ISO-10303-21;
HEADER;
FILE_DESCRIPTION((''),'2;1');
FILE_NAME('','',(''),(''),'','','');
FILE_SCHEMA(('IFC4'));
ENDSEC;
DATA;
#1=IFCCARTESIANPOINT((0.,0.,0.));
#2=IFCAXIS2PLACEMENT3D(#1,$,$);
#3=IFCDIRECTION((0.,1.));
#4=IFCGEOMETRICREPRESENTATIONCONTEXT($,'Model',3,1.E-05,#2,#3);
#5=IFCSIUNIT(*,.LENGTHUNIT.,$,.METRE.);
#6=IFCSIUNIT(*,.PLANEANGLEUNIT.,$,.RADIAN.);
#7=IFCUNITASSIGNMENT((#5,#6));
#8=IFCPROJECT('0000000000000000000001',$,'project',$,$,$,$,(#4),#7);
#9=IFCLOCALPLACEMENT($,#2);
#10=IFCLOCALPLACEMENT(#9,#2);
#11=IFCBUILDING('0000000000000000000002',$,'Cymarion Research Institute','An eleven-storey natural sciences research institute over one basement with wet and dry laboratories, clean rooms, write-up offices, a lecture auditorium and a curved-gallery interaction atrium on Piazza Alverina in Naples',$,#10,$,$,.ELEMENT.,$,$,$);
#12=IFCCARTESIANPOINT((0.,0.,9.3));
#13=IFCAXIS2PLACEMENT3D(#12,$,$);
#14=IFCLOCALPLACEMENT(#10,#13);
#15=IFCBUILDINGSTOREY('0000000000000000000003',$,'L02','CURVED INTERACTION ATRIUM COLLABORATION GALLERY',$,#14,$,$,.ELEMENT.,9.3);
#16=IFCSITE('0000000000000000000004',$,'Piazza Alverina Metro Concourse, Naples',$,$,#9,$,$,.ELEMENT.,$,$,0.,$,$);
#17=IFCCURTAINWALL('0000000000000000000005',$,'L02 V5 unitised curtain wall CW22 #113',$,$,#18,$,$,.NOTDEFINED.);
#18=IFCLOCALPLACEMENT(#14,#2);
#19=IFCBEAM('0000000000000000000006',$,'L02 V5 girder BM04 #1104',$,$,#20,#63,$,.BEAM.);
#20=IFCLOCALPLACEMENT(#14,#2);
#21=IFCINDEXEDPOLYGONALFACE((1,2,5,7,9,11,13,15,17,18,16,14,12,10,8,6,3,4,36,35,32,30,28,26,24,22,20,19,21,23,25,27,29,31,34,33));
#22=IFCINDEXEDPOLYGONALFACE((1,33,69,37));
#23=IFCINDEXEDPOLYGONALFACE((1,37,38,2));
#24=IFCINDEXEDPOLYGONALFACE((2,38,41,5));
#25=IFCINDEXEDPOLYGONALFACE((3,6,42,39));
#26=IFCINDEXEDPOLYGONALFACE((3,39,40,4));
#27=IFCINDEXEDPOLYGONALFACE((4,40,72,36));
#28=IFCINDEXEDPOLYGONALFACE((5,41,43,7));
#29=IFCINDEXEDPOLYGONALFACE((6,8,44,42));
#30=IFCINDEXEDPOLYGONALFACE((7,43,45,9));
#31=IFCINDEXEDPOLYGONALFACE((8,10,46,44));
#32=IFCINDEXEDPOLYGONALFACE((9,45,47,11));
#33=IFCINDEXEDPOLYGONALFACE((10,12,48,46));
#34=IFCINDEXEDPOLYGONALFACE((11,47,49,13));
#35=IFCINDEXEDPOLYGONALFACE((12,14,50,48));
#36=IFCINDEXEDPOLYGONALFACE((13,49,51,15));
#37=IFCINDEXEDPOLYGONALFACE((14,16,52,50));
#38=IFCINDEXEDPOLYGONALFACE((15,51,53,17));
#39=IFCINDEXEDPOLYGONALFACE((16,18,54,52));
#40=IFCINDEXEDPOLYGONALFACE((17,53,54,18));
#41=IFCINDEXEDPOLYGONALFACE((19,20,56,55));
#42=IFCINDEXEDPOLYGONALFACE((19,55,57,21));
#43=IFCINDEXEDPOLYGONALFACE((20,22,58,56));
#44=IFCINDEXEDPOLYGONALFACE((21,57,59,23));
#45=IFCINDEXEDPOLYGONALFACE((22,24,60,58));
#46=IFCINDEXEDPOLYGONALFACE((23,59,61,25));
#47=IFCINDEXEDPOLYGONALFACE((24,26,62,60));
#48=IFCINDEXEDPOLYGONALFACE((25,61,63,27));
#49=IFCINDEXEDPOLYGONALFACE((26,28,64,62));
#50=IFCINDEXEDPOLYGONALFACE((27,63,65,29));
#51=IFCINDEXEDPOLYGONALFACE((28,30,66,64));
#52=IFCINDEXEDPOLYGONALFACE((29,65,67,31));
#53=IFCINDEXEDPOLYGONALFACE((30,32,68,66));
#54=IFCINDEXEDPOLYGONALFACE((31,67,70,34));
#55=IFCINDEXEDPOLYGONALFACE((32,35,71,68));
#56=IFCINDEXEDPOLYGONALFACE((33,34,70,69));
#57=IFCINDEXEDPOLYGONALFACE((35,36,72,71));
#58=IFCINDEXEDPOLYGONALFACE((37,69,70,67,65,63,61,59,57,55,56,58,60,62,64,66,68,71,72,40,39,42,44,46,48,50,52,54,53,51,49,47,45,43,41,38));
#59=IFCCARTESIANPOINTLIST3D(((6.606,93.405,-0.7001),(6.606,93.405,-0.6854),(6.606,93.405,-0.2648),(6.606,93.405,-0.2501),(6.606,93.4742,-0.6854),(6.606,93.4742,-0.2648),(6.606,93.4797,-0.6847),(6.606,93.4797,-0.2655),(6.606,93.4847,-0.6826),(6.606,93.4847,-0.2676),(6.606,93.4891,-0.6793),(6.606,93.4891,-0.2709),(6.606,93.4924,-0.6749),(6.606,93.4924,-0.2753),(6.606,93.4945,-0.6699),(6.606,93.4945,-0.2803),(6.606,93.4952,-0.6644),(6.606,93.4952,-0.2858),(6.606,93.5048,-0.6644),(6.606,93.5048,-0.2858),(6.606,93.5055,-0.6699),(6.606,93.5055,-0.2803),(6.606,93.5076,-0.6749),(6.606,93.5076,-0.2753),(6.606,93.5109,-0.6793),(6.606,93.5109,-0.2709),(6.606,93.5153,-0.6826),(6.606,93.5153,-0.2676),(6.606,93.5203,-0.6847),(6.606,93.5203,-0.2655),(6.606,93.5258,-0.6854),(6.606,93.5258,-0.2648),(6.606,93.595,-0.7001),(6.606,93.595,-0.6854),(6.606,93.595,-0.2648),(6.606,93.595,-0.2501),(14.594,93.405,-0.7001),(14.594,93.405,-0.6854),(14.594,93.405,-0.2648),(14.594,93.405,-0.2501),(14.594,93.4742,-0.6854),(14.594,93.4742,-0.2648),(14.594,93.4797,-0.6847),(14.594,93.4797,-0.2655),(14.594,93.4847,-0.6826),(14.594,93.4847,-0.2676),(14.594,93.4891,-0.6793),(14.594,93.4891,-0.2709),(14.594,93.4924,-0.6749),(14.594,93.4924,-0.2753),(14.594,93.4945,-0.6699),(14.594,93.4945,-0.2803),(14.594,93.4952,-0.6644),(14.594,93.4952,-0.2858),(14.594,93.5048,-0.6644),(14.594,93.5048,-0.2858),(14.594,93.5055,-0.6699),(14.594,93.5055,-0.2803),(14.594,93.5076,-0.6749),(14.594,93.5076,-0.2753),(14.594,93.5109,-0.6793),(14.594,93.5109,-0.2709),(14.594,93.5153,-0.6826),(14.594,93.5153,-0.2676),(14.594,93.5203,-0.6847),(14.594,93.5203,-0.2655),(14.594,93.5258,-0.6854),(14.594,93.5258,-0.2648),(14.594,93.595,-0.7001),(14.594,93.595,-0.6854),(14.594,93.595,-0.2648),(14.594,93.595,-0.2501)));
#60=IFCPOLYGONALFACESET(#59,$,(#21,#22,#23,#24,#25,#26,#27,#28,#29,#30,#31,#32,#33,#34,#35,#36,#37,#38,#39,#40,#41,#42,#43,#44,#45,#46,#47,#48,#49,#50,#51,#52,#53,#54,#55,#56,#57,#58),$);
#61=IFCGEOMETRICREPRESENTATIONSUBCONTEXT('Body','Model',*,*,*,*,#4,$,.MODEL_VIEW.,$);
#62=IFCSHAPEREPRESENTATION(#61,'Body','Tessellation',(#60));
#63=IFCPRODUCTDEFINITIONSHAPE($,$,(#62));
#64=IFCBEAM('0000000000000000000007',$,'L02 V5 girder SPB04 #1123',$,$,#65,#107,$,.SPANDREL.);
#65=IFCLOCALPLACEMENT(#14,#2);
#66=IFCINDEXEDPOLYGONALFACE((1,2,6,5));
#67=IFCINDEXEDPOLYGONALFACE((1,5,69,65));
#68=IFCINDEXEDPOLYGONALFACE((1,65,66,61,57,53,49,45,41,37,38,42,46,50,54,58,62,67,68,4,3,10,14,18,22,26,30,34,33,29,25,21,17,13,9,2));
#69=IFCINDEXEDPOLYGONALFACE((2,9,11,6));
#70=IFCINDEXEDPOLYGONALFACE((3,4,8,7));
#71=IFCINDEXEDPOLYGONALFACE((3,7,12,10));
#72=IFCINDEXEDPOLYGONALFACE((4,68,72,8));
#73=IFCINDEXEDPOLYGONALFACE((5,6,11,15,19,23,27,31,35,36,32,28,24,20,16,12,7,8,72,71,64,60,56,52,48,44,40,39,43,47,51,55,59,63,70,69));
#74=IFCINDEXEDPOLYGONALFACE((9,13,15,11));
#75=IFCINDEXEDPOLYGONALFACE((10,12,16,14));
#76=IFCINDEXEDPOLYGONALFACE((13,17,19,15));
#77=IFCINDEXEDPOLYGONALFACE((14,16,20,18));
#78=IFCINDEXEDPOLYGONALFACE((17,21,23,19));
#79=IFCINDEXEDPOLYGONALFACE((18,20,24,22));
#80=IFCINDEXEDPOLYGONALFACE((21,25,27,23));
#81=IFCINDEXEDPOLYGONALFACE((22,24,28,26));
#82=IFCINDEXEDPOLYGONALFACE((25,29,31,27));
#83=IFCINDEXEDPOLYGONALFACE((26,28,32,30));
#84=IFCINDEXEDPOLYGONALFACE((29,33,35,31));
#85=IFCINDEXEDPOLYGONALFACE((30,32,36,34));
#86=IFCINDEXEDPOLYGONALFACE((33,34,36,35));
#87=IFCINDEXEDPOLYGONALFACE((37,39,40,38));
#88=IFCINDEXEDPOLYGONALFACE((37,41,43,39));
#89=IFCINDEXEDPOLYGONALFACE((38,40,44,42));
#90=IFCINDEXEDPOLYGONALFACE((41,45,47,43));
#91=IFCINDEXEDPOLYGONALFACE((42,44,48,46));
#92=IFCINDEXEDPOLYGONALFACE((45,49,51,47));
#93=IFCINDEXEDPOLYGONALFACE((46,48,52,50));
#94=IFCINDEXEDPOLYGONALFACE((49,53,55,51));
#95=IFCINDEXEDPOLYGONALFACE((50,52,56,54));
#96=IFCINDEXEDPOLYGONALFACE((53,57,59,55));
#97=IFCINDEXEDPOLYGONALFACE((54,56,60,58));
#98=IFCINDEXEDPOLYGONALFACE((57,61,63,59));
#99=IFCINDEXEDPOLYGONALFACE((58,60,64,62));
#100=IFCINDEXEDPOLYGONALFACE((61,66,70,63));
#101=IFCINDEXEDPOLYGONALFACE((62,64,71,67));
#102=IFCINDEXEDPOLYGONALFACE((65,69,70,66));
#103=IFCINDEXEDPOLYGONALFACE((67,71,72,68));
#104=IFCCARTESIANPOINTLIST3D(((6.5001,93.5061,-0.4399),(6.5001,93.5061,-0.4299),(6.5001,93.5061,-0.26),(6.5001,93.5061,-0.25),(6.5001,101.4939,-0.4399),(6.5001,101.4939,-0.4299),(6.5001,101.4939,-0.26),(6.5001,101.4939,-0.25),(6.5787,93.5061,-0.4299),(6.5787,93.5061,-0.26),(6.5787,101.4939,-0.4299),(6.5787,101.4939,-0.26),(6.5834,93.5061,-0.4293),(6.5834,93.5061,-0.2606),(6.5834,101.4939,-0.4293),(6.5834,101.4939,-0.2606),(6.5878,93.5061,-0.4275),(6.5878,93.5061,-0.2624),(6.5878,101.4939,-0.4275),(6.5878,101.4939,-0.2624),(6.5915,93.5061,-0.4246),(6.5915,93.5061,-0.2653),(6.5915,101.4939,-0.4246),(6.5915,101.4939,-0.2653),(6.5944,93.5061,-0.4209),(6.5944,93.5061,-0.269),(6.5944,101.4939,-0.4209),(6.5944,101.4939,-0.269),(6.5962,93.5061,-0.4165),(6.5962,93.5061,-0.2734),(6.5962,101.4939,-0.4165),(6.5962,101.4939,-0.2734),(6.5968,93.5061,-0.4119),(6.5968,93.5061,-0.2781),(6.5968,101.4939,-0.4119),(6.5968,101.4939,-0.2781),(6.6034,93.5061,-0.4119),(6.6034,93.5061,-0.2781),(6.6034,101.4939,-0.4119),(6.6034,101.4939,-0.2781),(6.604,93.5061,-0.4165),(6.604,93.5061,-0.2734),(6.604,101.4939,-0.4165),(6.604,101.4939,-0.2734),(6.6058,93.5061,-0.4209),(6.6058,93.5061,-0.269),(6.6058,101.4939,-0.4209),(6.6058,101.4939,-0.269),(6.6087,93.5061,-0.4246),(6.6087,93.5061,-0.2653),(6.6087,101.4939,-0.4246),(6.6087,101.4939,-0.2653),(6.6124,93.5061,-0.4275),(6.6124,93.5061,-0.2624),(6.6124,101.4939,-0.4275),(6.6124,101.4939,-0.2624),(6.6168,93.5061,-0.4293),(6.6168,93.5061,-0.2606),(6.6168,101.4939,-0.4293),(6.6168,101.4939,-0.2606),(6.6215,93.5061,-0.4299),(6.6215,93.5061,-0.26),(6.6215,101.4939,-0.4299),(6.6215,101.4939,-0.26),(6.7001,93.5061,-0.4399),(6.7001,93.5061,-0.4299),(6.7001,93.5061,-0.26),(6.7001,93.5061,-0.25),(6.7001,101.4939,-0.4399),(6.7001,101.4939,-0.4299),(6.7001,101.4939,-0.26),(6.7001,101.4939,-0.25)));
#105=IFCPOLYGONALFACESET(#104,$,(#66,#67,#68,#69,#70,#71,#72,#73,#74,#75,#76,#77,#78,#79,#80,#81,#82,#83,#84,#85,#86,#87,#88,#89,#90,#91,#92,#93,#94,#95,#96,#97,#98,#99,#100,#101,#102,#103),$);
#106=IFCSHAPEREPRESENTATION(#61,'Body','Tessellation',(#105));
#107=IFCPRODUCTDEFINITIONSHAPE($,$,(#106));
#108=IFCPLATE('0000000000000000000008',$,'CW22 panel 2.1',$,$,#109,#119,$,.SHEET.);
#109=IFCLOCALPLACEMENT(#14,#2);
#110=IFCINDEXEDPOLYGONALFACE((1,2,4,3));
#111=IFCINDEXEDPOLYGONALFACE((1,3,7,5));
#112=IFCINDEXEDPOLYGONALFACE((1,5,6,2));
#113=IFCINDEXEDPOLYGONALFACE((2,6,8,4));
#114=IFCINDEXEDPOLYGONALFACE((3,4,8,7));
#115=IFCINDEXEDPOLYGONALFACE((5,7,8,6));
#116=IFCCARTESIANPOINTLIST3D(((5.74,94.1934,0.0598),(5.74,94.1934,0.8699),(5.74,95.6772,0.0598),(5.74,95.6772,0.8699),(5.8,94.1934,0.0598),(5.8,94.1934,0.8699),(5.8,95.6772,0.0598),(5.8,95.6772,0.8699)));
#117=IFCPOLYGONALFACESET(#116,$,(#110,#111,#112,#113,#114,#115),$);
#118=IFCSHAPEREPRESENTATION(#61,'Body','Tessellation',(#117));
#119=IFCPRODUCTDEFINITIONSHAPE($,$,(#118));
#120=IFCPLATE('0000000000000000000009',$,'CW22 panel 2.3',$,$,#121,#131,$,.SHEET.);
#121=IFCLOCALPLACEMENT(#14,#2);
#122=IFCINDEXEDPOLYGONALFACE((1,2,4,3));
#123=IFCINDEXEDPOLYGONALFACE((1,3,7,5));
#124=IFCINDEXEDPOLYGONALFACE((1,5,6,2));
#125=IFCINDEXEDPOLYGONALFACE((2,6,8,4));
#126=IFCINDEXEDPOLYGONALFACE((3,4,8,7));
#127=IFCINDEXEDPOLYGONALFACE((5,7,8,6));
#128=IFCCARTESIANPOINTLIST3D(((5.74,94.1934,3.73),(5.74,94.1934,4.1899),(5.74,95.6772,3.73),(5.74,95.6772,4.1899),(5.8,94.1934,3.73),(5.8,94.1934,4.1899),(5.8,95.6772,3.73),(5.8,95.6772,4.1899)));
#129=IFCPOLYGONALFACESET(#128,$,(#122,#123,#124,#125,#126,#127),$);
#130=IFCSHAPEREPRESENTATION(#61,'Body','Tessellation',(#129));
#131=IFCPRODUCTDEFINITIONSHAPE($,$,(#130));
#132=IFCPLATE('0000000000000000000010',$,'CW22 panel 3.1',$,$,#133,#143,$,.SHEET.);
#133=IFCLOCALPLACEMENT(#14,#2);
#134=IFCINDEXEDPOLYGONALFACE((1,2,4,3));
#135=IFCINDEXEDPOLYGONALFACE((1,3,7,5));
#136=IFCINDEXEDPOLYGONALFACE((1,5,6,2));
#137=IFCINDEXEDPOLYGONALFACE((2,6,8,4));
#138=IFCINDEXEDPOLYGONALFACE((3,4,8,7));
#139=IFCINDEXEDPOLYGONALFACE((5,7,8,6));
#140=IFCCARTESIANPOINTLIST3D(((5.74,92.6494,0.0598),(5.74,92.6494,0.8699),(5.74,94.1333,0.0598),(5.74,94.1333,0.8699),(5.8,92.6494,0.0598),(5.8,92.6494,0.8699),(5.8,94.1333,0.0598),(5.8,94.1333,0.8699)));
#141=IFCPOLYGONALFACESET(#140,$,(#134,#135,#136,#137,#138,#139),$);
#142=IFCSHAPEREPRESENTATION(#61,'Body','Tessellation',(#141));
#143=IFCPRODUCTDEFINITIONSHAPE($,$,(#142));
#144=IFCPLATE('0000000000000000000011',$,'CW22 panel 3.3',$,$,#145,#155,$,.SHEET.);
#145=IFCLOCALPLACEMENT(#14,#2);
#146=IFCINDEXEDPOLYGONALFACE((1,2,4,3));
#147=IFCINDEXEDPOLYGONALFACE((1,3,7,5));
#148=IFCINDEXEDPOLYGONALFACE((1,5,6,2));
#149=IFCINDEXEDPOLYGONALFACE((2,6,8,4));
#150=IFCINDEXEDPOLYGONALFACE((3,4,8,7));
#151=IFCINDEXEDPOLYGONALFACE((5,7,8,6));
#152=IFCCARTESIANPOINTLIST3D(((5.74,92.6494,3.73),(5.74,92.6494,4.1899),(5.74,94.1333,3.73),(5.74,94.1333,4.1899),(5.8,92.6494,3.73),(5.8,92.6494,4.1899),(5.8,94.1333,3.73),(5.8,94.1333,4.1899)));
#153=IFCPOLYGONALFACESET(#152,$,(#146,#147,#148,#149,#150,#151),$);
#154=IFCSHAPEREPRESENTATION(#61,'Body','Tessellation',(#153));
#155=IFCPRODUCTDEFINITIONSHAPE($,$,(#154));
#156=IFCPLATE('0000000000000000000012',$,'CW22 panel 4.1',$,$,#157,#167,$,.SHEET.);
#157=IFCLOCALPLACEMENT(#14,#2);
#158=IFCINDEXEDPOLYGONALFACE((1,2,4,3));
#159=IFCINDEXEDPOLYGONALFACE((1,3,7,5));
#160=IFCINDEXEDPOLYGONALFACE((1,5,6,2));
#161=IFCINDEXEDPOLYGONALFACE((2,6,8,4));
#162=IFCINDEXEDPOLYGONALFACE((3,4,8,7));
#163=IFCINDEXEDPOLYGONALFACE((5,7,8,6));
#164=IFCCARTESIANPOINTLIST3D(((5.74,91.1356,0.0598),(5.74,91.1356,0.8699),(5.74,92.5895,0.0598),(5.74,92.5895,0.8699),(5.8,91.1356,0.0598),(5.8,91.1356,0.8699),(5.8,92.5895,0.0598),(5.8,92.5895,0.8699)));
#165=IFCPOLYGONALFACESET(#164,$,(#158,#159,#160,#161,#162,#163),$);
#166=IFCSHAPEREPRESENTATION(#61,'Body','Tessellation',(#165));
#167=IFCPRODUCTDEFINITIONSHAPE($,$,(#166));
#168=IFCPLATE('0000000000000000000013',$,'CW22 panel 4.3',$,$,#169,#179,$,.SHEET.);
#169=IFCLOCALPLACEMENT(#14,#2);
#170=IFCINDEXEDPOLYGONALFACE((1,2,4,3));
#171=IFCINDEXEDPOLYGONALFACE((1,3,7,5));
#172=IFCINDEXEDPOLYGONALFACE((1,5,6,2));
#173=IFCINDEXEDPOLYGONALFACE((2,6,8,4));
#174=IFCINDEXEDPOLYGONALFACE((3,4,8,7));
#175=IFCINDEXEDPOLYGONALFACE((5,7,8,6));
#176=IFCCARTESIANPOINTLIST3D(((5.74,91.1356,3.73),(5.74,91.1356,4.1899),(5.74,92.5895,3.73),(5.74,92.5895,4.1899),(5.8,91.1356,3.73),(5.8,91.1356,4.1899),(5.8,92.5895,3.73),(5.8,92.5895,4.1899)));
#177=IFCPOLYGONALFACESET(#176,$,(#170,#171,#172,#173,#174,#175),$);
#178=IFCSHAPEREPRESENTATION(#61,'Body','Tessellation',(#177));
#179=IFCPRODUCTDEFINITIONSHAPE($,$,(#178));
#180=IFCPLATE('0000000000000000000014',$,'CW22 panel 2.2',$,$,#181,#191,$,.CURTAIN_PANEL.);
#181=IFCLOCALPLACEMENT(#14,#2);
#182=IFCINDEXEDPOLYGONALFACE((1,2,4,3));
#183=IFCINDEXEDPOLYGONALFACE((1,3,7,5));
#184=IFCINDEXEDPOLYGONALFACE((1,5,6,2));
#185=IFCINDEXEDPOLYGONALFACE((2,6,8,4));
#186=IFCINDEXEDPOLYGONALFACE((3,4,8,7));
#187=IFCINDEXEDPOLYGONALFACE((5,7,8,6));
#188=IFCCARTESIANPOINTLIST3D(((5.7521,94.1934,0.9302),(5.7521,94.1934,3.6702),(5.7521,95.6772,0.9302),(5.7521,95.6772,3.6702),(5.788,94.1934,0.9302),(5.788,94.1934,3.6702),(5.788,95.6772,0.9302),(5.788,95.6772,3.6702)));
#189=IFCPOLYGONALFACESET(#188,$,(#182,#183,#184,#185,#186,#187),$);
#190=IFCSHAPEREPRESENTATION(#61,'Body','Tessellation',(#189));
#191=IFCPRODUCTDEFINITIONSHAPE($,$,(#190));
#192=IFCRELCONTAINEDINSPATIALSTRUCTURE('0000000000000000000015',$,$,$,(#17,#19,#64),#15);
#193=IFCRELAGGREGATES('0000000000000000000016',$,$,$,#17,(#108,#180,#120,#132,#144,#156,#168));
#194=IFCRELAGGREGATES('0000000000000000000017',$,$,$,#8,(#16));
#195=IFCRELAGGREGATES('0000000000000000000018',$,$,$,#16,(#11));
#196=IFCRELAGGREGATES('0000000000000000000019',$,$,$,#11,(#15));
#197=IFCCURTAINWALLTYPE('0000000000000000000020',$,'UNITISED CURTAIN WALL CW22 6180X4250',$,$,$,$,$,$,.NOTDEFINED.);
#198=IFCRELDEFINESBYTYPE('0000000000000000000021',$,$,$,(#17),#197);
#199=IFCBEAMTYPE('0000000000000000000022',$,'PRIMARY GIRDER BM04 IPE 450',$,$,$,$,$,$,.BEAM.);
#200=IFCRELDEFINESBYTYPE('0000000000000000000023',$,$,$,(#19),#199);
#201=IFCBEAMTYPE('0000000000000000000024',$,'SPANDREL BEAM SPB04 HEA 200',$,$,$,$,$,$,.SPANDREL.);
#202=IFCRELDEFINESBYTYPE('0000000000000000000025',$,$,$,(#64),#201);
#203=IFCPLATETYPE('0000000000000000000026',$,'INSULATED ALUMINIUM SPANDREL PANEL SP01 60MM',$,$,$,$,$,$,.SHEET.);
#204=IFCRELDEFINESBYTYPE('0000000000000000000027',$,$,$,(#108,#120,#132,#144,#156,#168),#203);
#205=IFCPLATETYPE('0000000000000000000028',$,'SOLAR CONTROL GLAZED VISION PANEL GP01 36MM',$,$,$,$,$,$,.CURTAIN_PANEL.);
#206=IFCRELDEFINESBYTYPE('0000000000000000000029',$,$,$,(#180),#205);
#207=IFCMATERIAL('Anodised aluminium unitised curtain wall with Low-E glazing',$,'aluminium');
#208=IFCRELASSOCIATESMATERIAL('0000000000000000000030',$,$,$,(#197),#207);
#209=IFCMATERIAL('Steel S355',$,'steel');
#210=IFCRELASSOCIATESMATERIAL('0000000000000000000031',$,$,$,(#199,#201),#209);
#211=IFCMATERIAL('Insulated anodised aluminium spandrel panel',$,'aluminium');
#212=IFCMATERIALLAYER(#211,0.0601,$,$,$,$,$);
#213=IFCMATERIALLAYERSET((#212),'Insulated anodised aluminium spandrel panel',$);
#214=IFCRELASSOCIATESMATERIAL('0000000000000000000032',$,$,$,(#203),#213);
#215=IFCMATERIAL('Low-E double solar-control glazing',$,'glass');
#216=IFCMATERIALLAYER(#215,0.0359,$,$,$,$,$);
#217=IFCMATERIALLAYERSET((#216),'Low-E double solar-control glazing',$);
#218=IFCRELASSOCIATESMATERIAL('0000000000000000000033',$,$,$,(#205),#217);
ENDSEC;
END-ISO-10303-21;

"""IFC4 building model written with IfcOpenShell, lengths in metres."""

from ifc_helpers import new_model, si_unit, direction, frame, origin, origin_2d, place, context, subcontext, project, spatial, rectangle, i_section, extrude, material, layer, layer_set, material_profile, profile_set, type_object, element, aggregate, save


model = new_model("IFC4")

# Units and contexts
model_context = context("Model", 3, precision=1e-05, world=origin(), true_north=direction((0.0, 1.0)))
body_context = subcontext(model_context, "Body", "Model", "MODEL_VIEW")
ifc_project = project(units=[si_unit("LENGTHUNIT", "METRE"), si_unit("PLANEANGLEUNIT", "RADIAN")], contexts=[model_context])

# Site, building, storey
site_placement = place(None, origin())
site = spatial("IfcSite", under=ifc_project, at=site_placement, Name="Piazza Alverina Metro Concourse, Naples", CompositionType="ELEMENT", RefElevation=0.0)
building_placement = place(site_placement, origin())
building = spatial("IfcBuilding", under=site, at=building_placement, Name="Cymarion Research Institute", Description="An eleven-storey natural sciences research institute over one basement with wet and dry laboratories, clean rooms, write-up offices, a lecture auditorium and a curved-gallery interaction atrium on Piazza Alverina in Naples", CompositionType="ELEMENT")
storey_placement = place(building_placement, frame((0.0, 0.0, 9.3)))
storey = spatial("IfcBuildingStorey", under=building, at=storey_placement, Name="L02", Description="CURVED INTERACTION ATRIUM COLLABORATION GALLERY", CompositionType="ELEMENT", Elevation=9.3)

# Shared definitions
ifc_material_1 = material(Name="Steel S355", Category="steel")

# Curtain wall
ifc_material_2 = material(Name="Anodised aluminium unitised curtain wall with Low-E glazing", Category="aluminium")
curtain_wall_type = type_object("IfcCurtainWallType", Name="UNITISED CURTAIN WALL CW22 6180X4250", PredefinedType="NOTDEFINED", material=ifc_material_2)
curtain_wall_placement = place(storey_placement, origin())
curtain_wall = element("IfcCurtainWall", 1, at=curtain_wall_placement, inside=storey, type_object=curtain_wall_type, Name="L02 V5 unitised curtain wall CW22 #113", PredefinedType="NOTDEFINED")

# Beams
ifc_material_profile_1 = material_profile(ifc_material_1, i_section(OverallWidth=0.1899, OverallDepth=0.45, WebThickness=0.0095, FlangeThickness=0.0146, FilletRadius=0.021, at=origin_2d()), Name="IPE 450")
ifc_profile_set_1 = profile_set([ifc_material_profile_1], Name="Steel S355")
beam_type_1 = type_object("IfcBeamType", Name="PRIMARY GIRDER BM04 IPE 450", PredefinedType="BEAM", material=ifc_profile_set_1)
beam_1_placement = place(storey_placement, frame((6.606, 93.5, -0.4751), z_axis=(1.0, 0.0, 0.0), x_axis=(0.0, 1.0, 0.0)))
element("IfcBeam", 2, at=beam_1_placement, inside=storey, type_object=beam_type_1, Name="L02 V5 girder BM04 #1104", PredefinedType="BEAM", context=body_context, shape_type="SweptSolid", body=[
    extrude(i_section(OverallWidth=0.1899, OverallDepth=0.45, WebThickness=0.0095, FlangeThickness=0.0146, FilletRadius=0.021, at=origin_2d()), origin(), (0.0, 0.0, 1.0), 7.988),
])
ifc_material_profile_2 = material_profile(ifc_material_1, i_section(OverallWidth=0.2, OverallDepth=0.1899, WebThickness=0.0066, FlangeThickness=0.01, FilletRadius=0.0181, at=origin_2d()), Name="HEA 200")
ifc_profile_set_2 = profile_set([ifc_material_profile_2], Name="Steel S355")
beam_type_2 = type_object("IfcBeamType", Name="SPANDREL BEAM SPB04 HEA 200", PredefinedType="SPANDREL", material=ifc_profile_set_2)
beam_2_placement = place(storey_placement, frame((6.6001, 93.5061, -0.345), z_axis=(0.0, 1.0, 0.0), x_axis=(-1.0, 0.0, 0.0)))
element("IfcBeam", 3, at=beam_2_placement, inside=storey, type_object=beam_type_2, Name="L02 V5 girder SPB04 #1123", PredefinedType="SPANDREL", context=body_context, shape_type="SweptSolid", body=[
    extrude(i_section(OverallWidth=0.2, OverallDepth=0.1899, WebThickness=0.0066, FlangeThickness=0.01, FilletRadius=0.0181, at=origin_2d()), origin(), (0.0, 0.0, 1.0), 7.9878),
])

# Plates
ifc_material_3 = material(Name="Insulated anodised aluminium spandrel panel", Category="aluminium")
ifc_layer_1 = layer(ifc_material_3, 0.0601)
ifc_layer_set_1 = layer_set([ifc_layer_1], Name="Insulated anodised aluminium spandrel panel")
plate_type_1 = type_object("IfcPlateType", Name="INSULATED ALUMINIUM SPANDREL PANEL SP01 60MM", PredefinedType="SHEET", material=ifc_layer_set_1)
plate_1_placement = place(storey_placement, frame((5.77, 94.9353, 0.0598), z_axis=(0.0, 0.0, 1.0), x_axis=(0.0, -1.0, 0.0)))
plate_1 = element("IfcPlate", 4, at=plate_1_placement, type_object=plate_type_1, Name="CW22 panel 2.1", PredefinedType="SHEET", context=body_context, shape_type="SweptSolid", body=[
    extrude(rectangle(XDim=1.4839, YDim=0.0601, at=origin_2d()), origin(), (0.0, 0.0, 1.0), 0.8101),
])
plate_2_placement = place(storey_placement, frame((5.77, 94.9353, 3.73), z_axis=(0.0, 0.0, 1.0), x_axis=(0.0, -1.0, 0.0)))
plate_2 = element("IfcPlate", 5, at=plate_2_placement, type_object=plate_type_1, Name="CW22 panel 2.3", PredefinedType="SHEET", context=body_context, shape_type="SweptSolid", body=[
    extrude(rectangle(XDim=1.4839, YDim=0.0601, at=origin_2d()), origin(), (0.0, 0.0, 1.0), 0.46),
])
plate_3_placement = place(storey_placement, frame((5.77, 93.3914, 0.0598), z_axis=(0.0, 0.0, 1.0), x_axis=(0.0, -1.0, 0.0)))
plate_3 = element("IfcPlate", 6, at=plate_3_placement, type_object=plate_type_1, Name="CW22 panel 3.1", PredefinedType="SHEET", context=body_context, shape_type="SweptSolid", body=[
    extrude(rectangle(XDim=1.4839, YDim=0.0601, at=origin_2d()), origin(), (0.0, 0.0, 1.0), 0.8101),
])
plate_4_placement = place(storey_placement, frame((5.77, 93.3914, 3.73), z_axis=(0.0, 0.0, 1.0), x_axis=(0.0, -1.0, 0.0)))
plate_4 = element("IfcPlate", 7, at=plate_4_placement, type_object=plate_type_1, Name="CW22 panel 3.3", PredefinedType="SHEET", context=body_context, shape_type="SweptSolid", body=[
    extrude(rectangle(XDim=1.4839, YDim=0.0601, at=origin_2d()), origin(), (0.0, 0.0, 1.0), 0.46),
])
plate_5_placement = place(storey_placement, frame((5.77, 91.8625, 0.0598), z_axis=(0.0, 0.0, 1.0), x_axis=(0.0, -1.0, 0.0)))
plate_5 = element("IfcPlate", 8, at=plate_5_placement, type_object=plate_type_1, Name="CW22 panel 4.1", PredefinedType="SHEET", context=body_context, shape_type="SweptSolid", body=[
    extrude(rectangle(XDim=1.4539, YDim=0.0601, at=origin_2d()), origin(), (0.0, 0.0, 1.0), 0.8101),
])
plate_6_placement = place(storey_placement, frame((5.77, 91.8625, 3.73), z_axis=(0.0, 0.0, 1.0), x_axis=(0.0, -1.0, 0.0)))
plate_6 = element("IfcPlate", 9, at=plate_6_placement, type_object=plate_type_1, Name="CW22 panel 4.3", PredefinedType="SHEET", context=body_context, shape_type="SweptSolid", body=[
    extrude(rectangle(XDim=1.4539, YDim=0.0601, at=origin_2d()), origin(), (0.0, 0.0, 1.0), 0.46),
])
ifc_material_4 = material(Name="Low-E double solar-control glazing", Category="glass")
ifc_layer_2 = layer(ifc_material_4, 0.0359)
ifc_layer_set_2 = layer_set([ifc_layer_2], Name="Low-E double solar-control glazing")
plate_type_2 = type_object("IfcPlateType", Name="SOLAR CONTROL GLAZED VISION PANEL GP01 36MM", PredefinedType="CURTAIN_PANEL", material=ifc_layer_set_2)
plate_7_placement = place(storey_placement, frame((5.77, 94.9353, 0.9302), z_axis=(0.0, 0.0, 1.0), x_axis=(0.0, -1.0, 0.0)))
plate_7 = element("IfcPlate", 10, at=plate_7_placement, type_object=plate_type_2, Name="CW22 panel 2.2", PredefinedType="CURTAIN_PANEL", context=body_context, shape_type="SweptSolid", body=[
    extrude(rectangle(XDim=1.4839, YDim=0.0359, at=origin_2d()), origin(), (0.0, 0.0, 1.0), 2.74),
])
aggregate(curtain_wall, [plate_1, plate_7, plate_2, plate_3, plate_4, plate_5, plate_6])

save(model, "model.ifc")
